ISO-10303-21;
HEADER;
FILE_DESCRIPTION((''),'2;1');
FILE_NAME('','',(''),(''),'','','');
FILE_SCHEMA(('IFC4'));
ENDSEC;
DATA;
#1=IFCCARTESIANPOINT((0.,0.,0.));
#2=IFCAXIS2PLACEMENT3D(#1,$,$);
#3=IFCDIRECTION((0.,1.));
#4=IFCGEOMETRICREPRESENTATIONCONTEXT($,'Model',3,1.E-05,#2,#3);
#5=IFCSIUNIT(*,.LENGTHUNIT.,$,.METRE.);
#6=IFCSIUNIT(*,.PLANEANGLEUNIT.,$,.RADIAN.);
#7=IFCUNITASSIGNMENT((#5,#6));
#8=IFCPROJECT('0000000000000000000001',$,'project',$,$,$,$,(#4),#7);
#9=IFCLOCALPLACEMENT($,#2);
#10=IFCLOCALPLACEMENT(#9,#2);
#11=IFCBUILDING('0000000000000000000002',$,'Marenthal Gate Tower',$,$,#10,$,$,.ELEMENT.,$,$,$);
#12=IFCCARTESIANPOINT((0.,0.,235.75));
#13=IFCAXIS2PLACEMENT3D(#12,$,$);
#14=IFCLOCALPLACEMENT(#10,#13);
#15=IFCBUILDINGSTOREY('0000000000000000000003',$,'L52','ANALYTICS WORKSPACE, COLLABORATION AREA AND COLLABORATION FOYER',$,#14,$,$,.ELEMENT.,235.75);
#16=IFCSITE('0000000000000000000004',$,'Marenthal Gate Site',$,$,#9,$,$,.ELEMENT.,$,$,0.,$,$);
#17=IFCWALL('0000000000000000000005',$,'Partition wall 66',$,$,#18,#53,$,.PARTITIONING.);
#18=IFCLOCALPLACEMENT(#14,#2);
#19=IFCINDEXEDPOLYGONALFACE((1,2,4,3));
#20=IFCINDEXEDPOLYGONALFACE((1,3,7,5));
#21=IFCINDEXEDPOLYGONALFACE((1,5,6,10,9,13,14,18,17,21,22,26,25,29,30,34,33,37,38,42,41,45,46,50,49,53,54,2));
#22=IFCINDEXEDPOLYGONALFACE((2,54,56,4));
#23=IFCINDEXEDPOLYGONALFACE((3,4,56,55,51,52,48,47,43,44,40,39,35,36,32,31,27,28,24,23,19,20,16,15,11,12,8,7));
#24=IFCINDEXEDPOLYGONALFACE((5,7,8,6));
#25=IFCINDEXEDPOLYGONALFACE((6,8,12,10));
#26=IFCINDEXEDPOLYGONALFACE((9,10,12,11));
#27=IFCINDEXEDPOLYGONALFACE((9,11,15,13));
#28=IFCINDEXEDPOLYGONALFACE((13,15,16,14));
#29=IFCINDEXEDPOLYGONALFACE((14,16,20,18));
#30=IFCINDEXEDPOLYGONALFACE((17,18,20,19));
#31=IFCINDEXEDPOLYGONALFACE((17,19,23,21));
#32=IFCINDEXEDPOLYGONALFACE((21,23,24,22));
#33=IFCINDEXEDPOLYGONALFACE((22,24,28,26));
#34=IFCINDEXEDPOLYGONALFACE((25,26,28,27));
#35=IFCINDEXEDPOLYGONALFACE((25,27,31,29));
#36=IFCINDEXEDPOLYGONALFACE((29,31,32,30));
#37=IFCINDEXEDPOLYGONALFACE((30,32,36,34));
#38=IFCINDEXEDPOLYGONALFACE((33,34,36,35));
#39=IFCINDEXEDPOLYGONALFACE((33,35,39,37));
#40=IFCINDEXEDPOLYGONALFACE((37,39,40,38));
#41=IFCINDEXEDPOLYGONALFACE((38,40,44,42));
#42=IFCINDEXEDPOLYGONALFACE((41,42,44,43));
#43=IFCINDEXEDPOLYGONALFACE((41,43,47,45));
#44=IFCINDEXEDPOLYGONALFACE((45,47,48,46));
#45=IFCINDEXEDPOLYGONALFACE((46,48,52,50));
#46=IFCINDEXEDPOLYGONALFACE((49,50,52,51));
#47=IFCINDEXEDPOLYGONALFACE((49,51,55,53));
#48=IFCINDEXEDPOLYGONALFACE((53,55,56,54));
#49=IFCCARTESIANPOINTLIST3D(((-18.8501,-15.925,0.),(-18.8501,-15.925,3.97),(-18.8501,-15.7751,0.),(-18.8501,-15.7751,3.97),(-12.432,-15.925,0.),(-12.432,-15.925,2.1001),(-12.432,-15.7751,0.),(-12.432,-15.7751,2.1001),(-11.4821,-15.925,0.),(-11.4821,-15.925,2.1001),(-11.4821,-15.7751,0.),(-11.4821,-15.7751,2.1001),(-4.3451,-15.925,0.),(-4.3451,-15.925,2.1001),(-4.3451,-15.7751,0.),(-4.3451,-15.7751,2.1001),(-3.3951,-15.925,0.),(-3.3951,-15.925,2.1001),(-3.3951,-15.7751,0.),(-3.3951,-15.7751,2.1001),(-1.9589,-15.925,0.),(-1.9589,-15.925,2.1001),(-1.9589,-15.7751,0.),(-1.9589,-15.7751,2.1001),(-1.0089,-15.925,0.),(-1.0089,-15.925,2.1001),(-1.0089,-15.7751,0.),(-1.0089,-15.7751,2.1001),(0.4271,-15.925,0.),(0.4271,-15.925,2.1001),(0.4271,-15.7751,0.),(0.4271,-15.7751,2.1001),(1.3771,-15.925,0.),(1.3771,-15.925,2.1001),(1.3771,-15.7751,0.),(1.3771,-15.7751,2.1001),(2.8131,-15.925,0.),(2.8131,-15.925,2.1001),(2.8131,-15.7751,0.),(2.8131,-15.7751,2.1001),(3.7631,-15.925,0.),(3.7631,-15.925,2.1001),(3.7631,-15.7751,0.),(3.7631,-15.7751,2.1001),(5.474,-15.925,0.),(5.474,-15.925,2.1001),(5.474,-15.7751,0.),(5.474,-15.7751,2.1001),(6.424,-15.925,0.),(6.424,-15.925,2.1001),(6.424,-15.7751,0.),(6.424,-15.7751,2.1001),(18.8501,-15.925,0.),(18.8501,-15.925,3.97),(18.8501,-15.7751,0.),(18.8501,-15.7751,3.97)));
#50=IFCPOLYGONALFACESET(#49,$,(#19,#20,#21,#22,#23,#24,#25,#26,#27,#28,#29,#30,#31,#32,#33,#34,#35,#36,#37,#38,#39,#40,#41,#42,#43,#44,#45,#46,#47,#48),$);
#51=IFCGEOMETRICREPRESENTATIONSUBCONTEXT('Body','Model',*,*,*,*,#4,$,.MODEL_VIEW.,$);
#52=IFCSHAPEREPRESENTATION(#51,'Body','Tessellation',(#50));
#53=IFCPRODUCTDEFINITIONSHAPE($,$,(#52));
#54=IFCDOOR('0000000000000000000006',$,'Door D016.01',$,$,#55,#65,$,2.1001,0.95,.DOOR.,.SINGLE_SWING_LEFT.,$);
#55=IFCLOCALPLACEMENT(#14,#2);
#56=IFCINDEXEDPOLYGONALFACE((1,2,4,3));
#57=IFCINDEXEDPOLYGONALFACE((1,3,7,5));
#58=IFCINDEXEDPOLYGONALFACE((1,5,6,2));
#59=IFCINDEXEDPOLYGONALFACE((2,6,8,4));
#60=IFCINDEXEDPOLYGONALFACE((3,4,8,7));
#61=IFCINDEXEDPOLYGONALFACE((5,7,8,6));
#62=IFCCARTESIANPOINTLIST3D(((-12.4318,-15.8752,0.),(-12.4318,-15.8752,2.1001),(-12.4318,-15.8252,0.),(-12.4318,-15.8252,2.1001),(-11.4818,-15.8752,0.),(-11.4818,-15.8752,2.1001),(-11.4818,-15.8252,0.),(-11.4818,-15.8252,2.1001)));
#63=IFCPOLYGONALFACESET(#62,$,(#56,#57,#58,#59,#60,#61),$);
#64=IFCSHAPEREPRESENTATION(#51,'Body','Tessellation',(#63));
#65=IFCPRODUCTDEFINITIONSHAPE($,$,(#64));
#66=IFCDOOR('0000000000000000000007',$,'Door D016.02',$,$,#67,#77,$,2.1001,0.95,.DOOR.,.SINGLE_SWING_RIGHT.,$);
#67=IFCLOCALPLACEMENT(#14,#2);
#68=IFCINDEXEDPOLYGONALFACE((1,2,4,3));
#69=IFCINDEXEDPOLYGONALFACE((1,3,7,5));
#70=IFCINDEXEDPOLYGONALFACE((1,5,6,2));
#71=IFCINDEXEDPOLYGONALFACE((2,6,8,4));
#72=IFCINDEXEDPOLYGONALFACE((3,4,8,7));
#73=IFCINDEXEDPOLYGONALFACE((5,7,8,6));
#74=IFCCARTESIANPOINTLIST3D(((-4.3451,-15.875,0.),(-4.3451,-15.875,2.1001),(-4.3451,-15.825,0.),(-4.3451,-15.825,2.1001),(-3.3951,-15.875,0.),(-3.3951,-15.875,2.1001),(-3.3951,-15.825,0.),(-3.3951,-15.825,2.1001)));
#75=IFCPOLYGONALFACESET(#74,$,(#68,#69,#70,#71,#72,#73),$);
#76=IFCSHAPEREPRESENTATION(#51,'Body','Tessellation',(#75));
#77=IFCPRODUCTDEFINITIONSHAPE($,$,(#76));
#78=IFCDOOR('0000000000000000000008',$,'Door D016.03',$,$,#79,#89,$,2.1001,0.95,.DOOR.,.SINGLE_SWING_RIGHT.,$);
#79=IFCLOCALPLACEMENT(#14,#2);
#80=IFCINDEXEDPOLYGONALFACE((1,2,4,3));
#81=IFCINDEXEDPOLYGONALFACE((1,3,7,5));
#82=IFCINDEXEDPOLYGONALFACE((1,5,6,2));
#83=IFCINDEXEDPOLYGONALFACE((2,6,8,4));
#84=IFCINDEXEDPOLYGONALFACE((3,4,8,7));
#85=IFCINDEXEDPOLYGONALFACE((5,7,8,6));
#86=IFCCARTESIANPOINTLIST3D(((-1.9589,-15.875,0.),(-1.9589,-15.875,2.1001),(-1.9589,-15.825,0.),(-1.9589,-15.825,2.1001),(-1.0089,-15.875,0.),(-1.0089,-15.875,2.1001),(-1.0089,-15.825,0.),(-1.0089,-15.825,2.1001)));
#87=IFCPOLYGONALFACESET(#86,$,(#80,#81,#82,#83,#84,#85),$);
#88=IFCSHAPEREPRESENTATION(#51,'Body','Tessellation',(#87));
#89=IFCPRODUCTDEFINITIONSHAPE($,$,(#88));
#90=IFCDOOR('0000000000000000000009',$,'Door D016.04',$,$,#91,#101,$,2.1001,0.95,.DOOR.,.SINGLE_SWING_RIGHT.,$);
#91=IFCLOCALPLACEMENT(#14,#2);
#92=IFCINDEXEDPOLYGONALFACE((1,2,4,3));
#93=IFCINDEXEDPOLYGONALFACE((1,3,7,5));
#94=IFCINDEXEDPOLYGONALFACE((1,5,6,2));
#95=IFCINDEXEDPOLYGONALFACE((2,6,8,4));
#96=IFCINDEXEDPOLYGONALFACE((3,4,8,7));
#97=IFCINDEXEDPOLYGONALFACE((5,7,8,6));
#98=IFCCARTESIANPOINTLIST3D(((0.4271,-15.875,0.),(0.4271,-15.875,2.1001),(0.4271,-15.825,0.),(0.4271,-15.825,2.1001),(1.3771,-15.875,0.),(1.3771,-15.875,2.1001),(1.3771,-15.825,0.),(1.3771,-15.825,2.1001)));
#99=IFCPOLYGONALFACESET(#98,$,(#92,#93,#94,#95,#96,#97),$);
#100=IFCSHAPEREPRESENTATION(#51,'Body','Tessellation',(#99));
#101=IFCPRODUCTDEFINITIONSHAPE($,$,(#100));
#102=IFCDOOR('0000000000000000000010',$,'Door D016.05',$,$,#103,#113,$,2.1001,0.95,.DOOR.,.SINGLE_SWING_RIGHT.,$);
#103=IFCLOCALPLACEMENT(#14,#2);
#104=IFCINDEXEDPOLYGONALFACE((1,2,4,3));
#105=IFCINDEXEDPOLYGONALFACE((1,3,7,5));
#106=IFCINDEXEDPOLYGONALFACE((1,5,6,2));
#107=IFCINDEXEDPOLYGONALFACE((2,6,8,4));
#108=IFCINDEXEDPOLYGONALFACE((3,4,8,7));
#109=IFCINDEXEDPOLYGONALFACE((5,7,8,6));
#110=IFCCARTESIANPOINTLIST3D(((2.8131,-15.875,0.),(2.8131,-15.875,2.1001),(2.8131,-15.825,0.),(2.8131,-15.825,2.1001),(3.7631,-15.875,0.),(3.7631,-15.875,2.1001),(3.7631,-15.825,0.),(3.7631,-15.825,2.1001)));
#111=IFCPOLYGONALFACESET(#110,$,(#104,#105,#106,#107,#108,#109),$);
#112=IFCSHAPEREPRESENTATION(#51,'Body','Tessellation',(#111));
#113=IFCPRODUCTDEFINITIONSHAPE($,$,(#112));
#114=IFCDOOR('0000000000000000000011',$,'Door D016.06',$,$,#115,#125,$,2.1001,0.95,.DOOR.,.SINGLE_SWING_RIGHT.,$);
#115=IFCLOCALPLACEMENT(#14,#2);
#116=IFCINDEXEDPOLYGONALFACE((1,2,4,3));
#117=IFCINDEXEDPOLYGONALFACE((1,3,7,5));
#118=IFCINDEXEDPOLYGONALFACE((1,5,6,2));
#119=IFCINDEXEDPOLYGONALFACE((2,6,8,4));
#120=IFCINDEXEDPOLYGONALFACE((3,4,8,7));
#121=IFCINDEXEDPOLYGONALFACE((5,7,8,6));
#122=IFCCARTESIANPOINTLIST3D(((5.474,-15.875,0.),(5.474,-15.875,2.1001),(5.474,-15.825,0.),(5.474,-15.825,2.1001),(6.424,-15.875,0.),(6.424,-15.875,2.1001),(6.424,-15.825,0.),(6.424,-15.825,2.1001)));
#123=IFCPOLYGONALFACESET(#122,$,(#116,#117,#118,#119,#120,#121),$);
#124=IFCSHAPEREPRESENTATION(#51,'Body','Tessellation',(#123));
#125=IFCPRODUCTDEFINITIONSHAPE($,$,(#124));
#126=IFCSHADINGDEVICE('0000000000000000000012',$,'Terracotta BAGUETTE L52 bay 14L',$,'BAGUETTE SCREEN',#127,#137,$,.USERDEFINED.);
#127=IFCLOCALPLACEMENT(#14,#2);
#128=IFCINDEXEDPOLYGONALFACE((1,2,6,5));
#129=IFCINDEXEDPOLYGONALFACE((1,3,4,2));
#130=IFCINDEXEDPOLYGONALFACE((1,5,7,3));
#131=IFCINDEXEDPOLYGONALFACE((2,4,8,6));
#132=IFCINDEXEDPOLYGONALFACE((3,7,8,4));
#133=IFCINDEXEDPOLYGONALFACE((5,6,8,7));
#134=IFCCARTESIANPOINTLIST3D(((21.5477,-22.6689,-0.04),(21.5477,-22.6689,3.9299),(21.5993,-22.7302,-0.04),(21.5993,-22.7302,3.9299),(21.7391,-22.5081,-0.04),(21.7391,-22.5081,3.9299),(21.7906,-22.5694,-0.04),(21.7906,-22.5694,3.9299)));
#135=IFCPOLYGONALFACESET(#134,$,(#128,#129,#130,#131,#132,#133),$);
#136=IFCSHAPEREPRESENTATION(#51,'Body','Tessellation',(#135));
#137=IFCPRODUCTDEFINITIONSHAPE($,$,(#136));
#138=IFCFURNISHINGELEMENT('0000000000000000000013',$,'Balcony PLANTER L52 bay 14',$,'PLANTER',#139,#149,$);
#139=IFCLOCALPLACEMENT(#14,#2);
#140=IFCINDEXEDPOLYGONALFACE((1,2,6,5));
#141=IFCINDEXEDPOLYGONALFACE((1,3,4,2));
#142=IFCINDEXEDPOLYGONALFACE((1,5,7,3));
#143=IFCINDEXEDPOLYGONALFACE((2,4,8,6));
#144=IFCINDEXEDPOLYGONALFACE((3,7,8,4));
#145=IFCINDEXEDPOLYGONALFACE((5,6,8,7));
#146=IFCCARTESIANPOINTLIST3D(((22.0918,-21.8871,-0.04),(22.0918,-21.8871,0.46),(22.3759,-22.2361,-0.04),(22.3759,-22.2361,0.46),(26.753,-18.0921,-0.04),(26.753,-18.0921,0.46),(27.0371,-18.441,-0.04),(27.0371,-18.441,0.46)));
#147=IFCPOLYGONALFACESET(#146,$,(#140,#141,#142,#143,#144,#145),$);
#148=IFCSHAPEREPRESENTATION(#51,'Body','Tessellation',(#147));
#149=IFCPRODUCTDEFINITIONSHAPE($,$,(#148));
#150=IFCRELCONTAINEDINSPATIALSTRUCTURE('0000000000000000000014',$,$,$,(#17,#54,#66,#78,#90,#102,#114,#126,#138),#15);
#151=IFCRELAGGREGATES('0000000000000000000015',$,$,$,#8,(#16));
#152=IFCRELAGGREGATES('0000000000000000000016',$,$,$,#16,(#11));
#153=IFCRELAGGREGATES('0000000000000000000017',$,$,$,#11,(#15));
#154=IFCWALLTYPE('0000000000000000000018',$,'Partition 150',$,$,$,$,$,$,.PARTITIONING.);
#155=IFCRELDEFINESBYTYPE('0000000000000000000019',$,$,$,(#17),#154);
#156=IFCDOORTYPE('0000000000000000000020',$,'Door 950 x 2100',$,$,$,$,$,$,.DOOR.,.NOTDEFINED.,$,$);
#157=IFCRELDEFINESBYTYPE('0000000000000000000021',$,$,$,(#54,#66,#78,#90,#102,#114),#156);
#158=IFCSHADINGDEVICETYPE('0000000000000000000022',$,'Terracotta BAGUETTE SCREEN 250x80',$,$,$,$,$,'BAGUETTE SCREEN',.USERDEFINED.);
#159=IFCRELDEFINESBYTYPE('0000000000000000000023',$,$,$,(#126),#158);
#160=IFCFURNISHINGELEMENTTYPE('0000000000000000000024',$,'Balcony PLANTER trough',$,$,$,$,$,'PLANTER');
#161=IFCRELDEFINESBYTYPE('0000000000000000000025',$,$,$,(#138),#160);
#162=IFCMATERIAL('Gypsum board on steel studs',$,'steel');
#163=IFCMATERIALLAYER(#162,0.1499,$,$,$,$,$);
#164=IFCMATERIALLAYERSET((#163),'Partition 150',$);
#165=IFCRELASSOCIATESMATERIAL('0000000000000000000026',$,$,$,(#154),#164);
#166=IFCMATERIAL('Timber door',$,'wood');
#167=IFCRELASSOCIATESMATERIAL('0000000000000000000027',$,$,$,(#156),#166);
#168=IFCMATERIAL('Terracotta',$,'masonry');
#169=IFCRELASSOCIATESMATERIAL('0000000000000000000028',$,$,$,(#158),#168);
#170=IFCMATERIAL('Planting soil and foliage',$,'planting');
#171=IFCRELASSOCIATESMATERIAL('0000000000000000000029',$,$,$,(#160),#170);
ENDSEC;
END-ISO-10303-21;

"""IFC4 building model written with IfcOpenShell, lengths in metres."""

from ifc_helpers import new_model, si_unit, direction, frame, frame_2d, origin, origin_2d, place, context, subcontext, project, spatial, rectangle, extrude, material, layer, layer_set, material_profile, profile_set, type_object, element, fill, save


model = new_model("IFC4")

# Units and contexts
model_context = context("Model", 3, precision=1e-05, world=origin(), true_north=direction((0.0, 1.0)))
body_context = subcontext(model_context, "Body", "Model", "MODEL_VIEW")
ifc_project = project(units=[si_unit("LENGTHUNIT", "METRE"), si_unit("PLANEANGLEUNIT", "RADIAN")], contexts=[model_context])

# Site, building, storey
site_placement = place(None, origin())
site = spatial("IfcSite", under=ifc_project, at=site_placement, Name="Marenthal Gate Site", CompositionType="ELEMENT", RefElevation=0.0)
building_placement = place(site_placement, origin())
building = spatial("IfcBuilding", under=site, at=building_placement, Name="Marenthal Gate Tower", CompositionType="ELEMENT")
storey_placement = place(building_placement, frame((0.0, 0.0, 235.75)))
storey = spatial("IfcBuildingStorey", under=building, at=storey_placement, Name="L52", Description="ANALYTICS WORKSPACE, COLLABORATION AREA AND COLLABORATION FOYER", CompositionType="ELEMENT", Elevation=235.75)

# Wall, openings, doors
ifc_material_1 = material(Name="Gypsum board on steel studs", Category="steel")
ifc_layer_1 = layer(ifc_material_1, 0.1499)
ifc_layer_set_1 = layer_set([ifc_layer_1], Name="Partition 150")
wall_type_1 = type_object("IfcWallType", Name="Partition 150", PredefinedType="PARTITIONING", material=ifc_layer_set_1)
wall_1_placement = place(storey_placement, frame((18.8501, -15.8501, 0.0), z_axis=(0.0, 0.0, 1.0), x_axis=(-1.0, 0.0, 0.0)))
wall_1 = element("IfcWall", 1, at=wall_1_placement, inside=storey, type_object=wall_type_1, Name="Partition wall 66", PredefinedType="PARTITIONING", context=body_context, shape_type="SweptSolid", body=[
    extrude(rectangle(XDim=37.7002, YDim=0.1499, at=frame_2d((18.8501, 0.0))), origin(), (0.0, 0.0, 1.0), 3.97),
])
opening_1_placement = place(wall_1_placement, frame((30.332, 0.0, 0.0)))
opening_1 = element("IfcOpeningElement", 2, at=opening_1_placement, cuts=wall_1, PredefinedType="OPENING", context=body_context, shape_type="SweptSolid", body=[
    extrude(rectangle(XDim=0.95, YDim=2.1001, at=frame_2d((0.4751, 1.05))), frame((0.0, 0.085, 0.0), z_axis=(0.0, -1.0, 0.0), x_axis=(1.0, 0.0, 0.0)), (0.0, 0.0, 1.0), 0.1699),
])
opening_2_placement = place(wall_1_placement, frame((22.2451, 0.0, 0.0)))
opening_2 = element("IfcOpeningElement", 3, at=opening_2_placement, cuts=wall_1, PredefinedType="OPENING", context=body_context, shape_type="SweptSolid", body=[
    extrude(rectangle(XDim=0.95, YDim=2.1001, at=frame_2d((0.4751, 1.05))), frame((0.0, 0.085, 0.0), z_axis=(0.0, -1.0, 0.0), x_axis=(1.0, 0.0, 0.0)), (0.0, 0.0, 1.0), 0.1699),
])
opening_3_placement = place(wall_1_placement, frame((19.8589, 0.0, 0.0)))
opening_3 = element("IfcOpeningElement", 4, at=opening_3_placement, cuts=wall_1, PredefinedType="OPENING", context=body_context, shape_type="SweptSolid", body=[
    extrude(rectangle(XDim=0.95, YDim=2.1001, at=frame_2d((0.4751, 1.05))), frame((0.0, 0.085, 0.0), z_axis=(0.0, -1.0, 0.0), x_axis=(1.0, 0.0, 0.0)), (0.0, 0.0, 1.0), 0.1699),
])
opening_4_placement = place(wall_1_placement, frame((17.4729, 0.0, 0.0)))
opening_4 = element("IfcOpeningElement", 5, at=opening_4_placement, cuts=wall_1, PredefinedType="OPENING", context=body_context, shape_type="SweptSolid", body=[
    extrude(rectangle(XDim=0.95, YDim=2.1001, at=frame_2d((0.4751, 1.05))), frame((0.0, 0.085, 0.0), z_axis=(0.0, -1.0, 0.0), x_axis=(1.0, 0.0, 0.0)), (0.0, 0.0, 1.0), 0.1699),
])
opening_5_placement = place(wall_1_placement, frame((15.0869, 0.0, 0.0)))
opening_5 = element("IfcOpeningElement", 6, at=opening_5_placement, cuts=wall_1, PredefinedType="OPENING", context=body_context, shape_type="SweptSolid", body=[
    extrude(rectangle(XDim=0.95, YDim=2.1001, at=frame_2d((0.4751, 1.05))), frame((0.0, 0.085, 0.0), z_axis=(0.0, -1.0, 0.0), x_axis=(1.0, 0.0, 0.0)), (0.0, 0.0, 1.0), 0.1699),
])
opening_6_placement = place(wall_1_placement, frame((12.426, 0.0, 0.0)))
opening_6 = element("IfcOpeningElement", 7, at=opening_6_placement, cuts=wall_1, PredefinedType="OPENING", context=body_context, shape_type="SweptSolid", body=[
    extrude(rectangle(XDim=0.95, YDim=2.1001, at=frame_2d((0.4751, 1.05))), frame((0.0, 0.085, 0.0), z_axis=(0.0, -1.0, 0.0), x_axis=(1.0, 0.0, 0.0)), (0.0, 0.0, 1.0), 0.1699),
])
ifc_material_2 = material(Name="Timber door", Category="wood")
door_type_1 = type_object("IfcDoorType", Name="Door 950 x 2100", OperationType="NOTDEFINED", PredefinedType="DOOR", material=ifc_material_2)
door_1_placement = place(opening_1_placement, frame((0.95, 0.0, 0.0), z_axis=(0.0, 0.0, 1.0), x_axis=(-1.0, 0.0, 0.0)))
door_1 = element("IfcDoor", 8, at=door_1_placement, inside=storey, type_object=door_type_1, Name="Door D016.01", OperationType="SINGLE_SWING_LEFT", OverallHeight=2.1001, OverallWidth=0.95, PredefinedType="DOOR", context=body_context, shape_type="SweptSolid", body=[
    extrude(rectangle(XDim=0.95, YDim=2.1001, at=frame_2d((0.4751, 1.05))), frame((0.0, 0.0249, 0.0), z_axis=(0.0, -1.0, 0.0), x_axis=(1.0, 0.0, 0.0)), (0.0, 0.0, 1.0), 0.05),
])
fill(opening_1, door_1)
door_2_placement = place(opening_2_placement, origin())
door_2 = element("IfcDoor", 9, at=door_2_placement, inside=storey, type_object=door_type_1, Name="Door D016.02", OperationType="SINGLE_SWING_RIGHT", OverallHeight=2.1001, OverallWidth=0.95, PredefinedType="DOOR", context=body_context, shape_type="SweptSolid", body=[
    extrude(rectangle(XDim=0.95, YDim=2.1001, at=frame_2d((0.4751, 1.05))), frame((0.0, 0.0249, 0.0), z_axis=(0.0, -1.0, 0.0), x_axis=(1.0, 0.0, 0.0)), (0.0, 0.0, 1.0), 0.05),
])
fill(opening_2, door_2)
door_3_placement = place(opening_3_placement, origin())
door_3 = element("IfcDoor", 10, at=door_3_placement, inside=storey, type_object=door_type_1, Name="Door D016.03", OperationType="SINGLE_SWING_RIGHT", OverallHeight=2.1001, OverallWidth=0.95, PredefinedType="DOOR", context=body_context, shape_type="SweptSolid", body=[
    extrude(rectangle(XDim=0.95, YDim=2.1001, at=frame_2d((0.4751, 1.05))), frame((0.0, 0.0249, 0.0), z_axis=(0.0, -1.0, 0.0), x_axis=(1.0, 0.0, 0.0)), (0.0, 0.0, 1.0), 0.05),
])
fill(opening_3, door_3)
door_4_placement = place(opening_4_placement, origin())
door_4 = element("IfcDoor", 11, at=door_4_placement, inside=storey, type_object=door_type_1, Name="Door D016.04", OperationType="SINGLE_SWING_RIGHT", OverallHeight=2.1001, OverallWidth=0.95, PredefinedType="DOOR", context=body_context, shape_type="SweptSolid", body=[
    extrude(rectangle(XDim=0.95, YDim=2.1001, at=frame_2d((0.4751, 1.05))), frame((0.0, 0.0249, 0.0), z_axis=(0.0, -1.0, 0.0), x_axis=(1.0, 0.0, 0.0)), (0.0, 0.0, 1.0), 0.05),
])
fill(opening_4, door_4)
door_5_placement = place(opening_5_placement, origin())
door_5 = element("IfcDoor", 12, at=door_5_placement, inside=storey, type_object=door_type_1, Name="Door D016.05", OperationType="SINGLE_SWING_RIGHT", OverallHeight=2.1001, OverallWidth=0.95, PredefinedType="DOOR", context=body_context, shape_type="SweptSolid", body=[
    extrude(rectangle(XDim=0.95, YDim=2.1001, at=frame_2d((0.4751, 1.05))), frame((0.0, 0.0249, 0.0), z_axis=(0.0, -1.0, 0.0), x_axis=(1.0, 0.0, 0.0)), (0.0, 0.0, 1.0), 0.05),
])
fill(opening_5, door_5)
door_6_placement = place(opening_6_placement, origin())
door_6 = element("IfcDoor", 13, at=door_6_placement, inside=storey, type_object=door_type_1, Name="Door D016.06", OperationType="SINGLE_SWING_RIGHT", OverallHeight=2.1001, OverallWidth=0.95, PredefinedType="DOOR", context=body_context, shape_type="SweptSolid", body=[
    extrude(rectangle(XDim=0.95, YDim=2.1001, at=frame_2d((0.4751, 1.05))), frame((0.0, 0.0249, 0.0), z_axis=(0.0, -1.0, 0.0), x_axis=(1.0, 0.0, 0.0)), (0.0, 0.0, 1.0), 0.05),
])
fill(opening_6, door_6)

# Shading device
ifc_material_3 = material(Name="Terracotta", Category="masonry")
ifc_material_profile_1 = material_profile(ifc_material_3, rectangle(XDim=0.25, YDim=0.0801, at=origin_2d()), Name="Terracotta baguette 250x80")
ifc_profile_set_1 = profile_set([ifc_material_profile_1], Name="Terracotta")
shading_device_type = type_object("IfcShadingDeviceType", Name="Terracotta BAGUETTE SCREEN 250x80", ElementType="BAGUETTE SCREEN", PredefinedType="USERDEFINED", material=ifc_profile_set_1)
shading_device_placement = place(storey_placement, frame((21.6692, -22.6191, -0.04), z_axis=(0.0, 0.0, 1.0), x_axis=(0.765469, 0.643472, 0.0)))
element("IfcShadingDevice", 14, at=shading_device_placement, inside=storey, type_object=shading_device_type, Name="Terracotta BAGUETTE L52 bay 14L", ObjectType="BAGUETTE SCREEN", PredefinedType="USERDEFINED", context=body_context, shape_type="SweptSolid", body=[
    extrude(rectangle(XDim=0.25, YDim=0.0801, at=origin_2d()), origin(), (0.0, 0.0, 1.0), 3.97),
])

# Furnishing element
ifc_material_4 = material(Name="Planting soil and foliage", Category="planting")
furnishing_element_type = type_object("IfcFurnishingElementType", Name="Balcony PLANTER trough", ElementType="PLANTER", material=ifc_material_4)
furnishing_placement = place(storey_placement, frame((24.5645, -20.1641, -0.04), z_axis=(0.0, 0.0, 1.0), x_axis=(0.775469, 0.631385, 0.0)))
element("IfcFurnishingElement", 15, at=furnishing_placement, inside=storey, type_object=furnishing_element_type, Name="Balcony PLANTER L52 bay 14", ObjectType="PLANTER", context=body_context, shape_type="SweptSolid", body=[
    extrude(rectangle(XDim=6.0107, YDim=0.45, at=origin_2d()), origin(), (0.0, 0.0, 1.0), 0.5),
])

save(model, "model.ifc")
